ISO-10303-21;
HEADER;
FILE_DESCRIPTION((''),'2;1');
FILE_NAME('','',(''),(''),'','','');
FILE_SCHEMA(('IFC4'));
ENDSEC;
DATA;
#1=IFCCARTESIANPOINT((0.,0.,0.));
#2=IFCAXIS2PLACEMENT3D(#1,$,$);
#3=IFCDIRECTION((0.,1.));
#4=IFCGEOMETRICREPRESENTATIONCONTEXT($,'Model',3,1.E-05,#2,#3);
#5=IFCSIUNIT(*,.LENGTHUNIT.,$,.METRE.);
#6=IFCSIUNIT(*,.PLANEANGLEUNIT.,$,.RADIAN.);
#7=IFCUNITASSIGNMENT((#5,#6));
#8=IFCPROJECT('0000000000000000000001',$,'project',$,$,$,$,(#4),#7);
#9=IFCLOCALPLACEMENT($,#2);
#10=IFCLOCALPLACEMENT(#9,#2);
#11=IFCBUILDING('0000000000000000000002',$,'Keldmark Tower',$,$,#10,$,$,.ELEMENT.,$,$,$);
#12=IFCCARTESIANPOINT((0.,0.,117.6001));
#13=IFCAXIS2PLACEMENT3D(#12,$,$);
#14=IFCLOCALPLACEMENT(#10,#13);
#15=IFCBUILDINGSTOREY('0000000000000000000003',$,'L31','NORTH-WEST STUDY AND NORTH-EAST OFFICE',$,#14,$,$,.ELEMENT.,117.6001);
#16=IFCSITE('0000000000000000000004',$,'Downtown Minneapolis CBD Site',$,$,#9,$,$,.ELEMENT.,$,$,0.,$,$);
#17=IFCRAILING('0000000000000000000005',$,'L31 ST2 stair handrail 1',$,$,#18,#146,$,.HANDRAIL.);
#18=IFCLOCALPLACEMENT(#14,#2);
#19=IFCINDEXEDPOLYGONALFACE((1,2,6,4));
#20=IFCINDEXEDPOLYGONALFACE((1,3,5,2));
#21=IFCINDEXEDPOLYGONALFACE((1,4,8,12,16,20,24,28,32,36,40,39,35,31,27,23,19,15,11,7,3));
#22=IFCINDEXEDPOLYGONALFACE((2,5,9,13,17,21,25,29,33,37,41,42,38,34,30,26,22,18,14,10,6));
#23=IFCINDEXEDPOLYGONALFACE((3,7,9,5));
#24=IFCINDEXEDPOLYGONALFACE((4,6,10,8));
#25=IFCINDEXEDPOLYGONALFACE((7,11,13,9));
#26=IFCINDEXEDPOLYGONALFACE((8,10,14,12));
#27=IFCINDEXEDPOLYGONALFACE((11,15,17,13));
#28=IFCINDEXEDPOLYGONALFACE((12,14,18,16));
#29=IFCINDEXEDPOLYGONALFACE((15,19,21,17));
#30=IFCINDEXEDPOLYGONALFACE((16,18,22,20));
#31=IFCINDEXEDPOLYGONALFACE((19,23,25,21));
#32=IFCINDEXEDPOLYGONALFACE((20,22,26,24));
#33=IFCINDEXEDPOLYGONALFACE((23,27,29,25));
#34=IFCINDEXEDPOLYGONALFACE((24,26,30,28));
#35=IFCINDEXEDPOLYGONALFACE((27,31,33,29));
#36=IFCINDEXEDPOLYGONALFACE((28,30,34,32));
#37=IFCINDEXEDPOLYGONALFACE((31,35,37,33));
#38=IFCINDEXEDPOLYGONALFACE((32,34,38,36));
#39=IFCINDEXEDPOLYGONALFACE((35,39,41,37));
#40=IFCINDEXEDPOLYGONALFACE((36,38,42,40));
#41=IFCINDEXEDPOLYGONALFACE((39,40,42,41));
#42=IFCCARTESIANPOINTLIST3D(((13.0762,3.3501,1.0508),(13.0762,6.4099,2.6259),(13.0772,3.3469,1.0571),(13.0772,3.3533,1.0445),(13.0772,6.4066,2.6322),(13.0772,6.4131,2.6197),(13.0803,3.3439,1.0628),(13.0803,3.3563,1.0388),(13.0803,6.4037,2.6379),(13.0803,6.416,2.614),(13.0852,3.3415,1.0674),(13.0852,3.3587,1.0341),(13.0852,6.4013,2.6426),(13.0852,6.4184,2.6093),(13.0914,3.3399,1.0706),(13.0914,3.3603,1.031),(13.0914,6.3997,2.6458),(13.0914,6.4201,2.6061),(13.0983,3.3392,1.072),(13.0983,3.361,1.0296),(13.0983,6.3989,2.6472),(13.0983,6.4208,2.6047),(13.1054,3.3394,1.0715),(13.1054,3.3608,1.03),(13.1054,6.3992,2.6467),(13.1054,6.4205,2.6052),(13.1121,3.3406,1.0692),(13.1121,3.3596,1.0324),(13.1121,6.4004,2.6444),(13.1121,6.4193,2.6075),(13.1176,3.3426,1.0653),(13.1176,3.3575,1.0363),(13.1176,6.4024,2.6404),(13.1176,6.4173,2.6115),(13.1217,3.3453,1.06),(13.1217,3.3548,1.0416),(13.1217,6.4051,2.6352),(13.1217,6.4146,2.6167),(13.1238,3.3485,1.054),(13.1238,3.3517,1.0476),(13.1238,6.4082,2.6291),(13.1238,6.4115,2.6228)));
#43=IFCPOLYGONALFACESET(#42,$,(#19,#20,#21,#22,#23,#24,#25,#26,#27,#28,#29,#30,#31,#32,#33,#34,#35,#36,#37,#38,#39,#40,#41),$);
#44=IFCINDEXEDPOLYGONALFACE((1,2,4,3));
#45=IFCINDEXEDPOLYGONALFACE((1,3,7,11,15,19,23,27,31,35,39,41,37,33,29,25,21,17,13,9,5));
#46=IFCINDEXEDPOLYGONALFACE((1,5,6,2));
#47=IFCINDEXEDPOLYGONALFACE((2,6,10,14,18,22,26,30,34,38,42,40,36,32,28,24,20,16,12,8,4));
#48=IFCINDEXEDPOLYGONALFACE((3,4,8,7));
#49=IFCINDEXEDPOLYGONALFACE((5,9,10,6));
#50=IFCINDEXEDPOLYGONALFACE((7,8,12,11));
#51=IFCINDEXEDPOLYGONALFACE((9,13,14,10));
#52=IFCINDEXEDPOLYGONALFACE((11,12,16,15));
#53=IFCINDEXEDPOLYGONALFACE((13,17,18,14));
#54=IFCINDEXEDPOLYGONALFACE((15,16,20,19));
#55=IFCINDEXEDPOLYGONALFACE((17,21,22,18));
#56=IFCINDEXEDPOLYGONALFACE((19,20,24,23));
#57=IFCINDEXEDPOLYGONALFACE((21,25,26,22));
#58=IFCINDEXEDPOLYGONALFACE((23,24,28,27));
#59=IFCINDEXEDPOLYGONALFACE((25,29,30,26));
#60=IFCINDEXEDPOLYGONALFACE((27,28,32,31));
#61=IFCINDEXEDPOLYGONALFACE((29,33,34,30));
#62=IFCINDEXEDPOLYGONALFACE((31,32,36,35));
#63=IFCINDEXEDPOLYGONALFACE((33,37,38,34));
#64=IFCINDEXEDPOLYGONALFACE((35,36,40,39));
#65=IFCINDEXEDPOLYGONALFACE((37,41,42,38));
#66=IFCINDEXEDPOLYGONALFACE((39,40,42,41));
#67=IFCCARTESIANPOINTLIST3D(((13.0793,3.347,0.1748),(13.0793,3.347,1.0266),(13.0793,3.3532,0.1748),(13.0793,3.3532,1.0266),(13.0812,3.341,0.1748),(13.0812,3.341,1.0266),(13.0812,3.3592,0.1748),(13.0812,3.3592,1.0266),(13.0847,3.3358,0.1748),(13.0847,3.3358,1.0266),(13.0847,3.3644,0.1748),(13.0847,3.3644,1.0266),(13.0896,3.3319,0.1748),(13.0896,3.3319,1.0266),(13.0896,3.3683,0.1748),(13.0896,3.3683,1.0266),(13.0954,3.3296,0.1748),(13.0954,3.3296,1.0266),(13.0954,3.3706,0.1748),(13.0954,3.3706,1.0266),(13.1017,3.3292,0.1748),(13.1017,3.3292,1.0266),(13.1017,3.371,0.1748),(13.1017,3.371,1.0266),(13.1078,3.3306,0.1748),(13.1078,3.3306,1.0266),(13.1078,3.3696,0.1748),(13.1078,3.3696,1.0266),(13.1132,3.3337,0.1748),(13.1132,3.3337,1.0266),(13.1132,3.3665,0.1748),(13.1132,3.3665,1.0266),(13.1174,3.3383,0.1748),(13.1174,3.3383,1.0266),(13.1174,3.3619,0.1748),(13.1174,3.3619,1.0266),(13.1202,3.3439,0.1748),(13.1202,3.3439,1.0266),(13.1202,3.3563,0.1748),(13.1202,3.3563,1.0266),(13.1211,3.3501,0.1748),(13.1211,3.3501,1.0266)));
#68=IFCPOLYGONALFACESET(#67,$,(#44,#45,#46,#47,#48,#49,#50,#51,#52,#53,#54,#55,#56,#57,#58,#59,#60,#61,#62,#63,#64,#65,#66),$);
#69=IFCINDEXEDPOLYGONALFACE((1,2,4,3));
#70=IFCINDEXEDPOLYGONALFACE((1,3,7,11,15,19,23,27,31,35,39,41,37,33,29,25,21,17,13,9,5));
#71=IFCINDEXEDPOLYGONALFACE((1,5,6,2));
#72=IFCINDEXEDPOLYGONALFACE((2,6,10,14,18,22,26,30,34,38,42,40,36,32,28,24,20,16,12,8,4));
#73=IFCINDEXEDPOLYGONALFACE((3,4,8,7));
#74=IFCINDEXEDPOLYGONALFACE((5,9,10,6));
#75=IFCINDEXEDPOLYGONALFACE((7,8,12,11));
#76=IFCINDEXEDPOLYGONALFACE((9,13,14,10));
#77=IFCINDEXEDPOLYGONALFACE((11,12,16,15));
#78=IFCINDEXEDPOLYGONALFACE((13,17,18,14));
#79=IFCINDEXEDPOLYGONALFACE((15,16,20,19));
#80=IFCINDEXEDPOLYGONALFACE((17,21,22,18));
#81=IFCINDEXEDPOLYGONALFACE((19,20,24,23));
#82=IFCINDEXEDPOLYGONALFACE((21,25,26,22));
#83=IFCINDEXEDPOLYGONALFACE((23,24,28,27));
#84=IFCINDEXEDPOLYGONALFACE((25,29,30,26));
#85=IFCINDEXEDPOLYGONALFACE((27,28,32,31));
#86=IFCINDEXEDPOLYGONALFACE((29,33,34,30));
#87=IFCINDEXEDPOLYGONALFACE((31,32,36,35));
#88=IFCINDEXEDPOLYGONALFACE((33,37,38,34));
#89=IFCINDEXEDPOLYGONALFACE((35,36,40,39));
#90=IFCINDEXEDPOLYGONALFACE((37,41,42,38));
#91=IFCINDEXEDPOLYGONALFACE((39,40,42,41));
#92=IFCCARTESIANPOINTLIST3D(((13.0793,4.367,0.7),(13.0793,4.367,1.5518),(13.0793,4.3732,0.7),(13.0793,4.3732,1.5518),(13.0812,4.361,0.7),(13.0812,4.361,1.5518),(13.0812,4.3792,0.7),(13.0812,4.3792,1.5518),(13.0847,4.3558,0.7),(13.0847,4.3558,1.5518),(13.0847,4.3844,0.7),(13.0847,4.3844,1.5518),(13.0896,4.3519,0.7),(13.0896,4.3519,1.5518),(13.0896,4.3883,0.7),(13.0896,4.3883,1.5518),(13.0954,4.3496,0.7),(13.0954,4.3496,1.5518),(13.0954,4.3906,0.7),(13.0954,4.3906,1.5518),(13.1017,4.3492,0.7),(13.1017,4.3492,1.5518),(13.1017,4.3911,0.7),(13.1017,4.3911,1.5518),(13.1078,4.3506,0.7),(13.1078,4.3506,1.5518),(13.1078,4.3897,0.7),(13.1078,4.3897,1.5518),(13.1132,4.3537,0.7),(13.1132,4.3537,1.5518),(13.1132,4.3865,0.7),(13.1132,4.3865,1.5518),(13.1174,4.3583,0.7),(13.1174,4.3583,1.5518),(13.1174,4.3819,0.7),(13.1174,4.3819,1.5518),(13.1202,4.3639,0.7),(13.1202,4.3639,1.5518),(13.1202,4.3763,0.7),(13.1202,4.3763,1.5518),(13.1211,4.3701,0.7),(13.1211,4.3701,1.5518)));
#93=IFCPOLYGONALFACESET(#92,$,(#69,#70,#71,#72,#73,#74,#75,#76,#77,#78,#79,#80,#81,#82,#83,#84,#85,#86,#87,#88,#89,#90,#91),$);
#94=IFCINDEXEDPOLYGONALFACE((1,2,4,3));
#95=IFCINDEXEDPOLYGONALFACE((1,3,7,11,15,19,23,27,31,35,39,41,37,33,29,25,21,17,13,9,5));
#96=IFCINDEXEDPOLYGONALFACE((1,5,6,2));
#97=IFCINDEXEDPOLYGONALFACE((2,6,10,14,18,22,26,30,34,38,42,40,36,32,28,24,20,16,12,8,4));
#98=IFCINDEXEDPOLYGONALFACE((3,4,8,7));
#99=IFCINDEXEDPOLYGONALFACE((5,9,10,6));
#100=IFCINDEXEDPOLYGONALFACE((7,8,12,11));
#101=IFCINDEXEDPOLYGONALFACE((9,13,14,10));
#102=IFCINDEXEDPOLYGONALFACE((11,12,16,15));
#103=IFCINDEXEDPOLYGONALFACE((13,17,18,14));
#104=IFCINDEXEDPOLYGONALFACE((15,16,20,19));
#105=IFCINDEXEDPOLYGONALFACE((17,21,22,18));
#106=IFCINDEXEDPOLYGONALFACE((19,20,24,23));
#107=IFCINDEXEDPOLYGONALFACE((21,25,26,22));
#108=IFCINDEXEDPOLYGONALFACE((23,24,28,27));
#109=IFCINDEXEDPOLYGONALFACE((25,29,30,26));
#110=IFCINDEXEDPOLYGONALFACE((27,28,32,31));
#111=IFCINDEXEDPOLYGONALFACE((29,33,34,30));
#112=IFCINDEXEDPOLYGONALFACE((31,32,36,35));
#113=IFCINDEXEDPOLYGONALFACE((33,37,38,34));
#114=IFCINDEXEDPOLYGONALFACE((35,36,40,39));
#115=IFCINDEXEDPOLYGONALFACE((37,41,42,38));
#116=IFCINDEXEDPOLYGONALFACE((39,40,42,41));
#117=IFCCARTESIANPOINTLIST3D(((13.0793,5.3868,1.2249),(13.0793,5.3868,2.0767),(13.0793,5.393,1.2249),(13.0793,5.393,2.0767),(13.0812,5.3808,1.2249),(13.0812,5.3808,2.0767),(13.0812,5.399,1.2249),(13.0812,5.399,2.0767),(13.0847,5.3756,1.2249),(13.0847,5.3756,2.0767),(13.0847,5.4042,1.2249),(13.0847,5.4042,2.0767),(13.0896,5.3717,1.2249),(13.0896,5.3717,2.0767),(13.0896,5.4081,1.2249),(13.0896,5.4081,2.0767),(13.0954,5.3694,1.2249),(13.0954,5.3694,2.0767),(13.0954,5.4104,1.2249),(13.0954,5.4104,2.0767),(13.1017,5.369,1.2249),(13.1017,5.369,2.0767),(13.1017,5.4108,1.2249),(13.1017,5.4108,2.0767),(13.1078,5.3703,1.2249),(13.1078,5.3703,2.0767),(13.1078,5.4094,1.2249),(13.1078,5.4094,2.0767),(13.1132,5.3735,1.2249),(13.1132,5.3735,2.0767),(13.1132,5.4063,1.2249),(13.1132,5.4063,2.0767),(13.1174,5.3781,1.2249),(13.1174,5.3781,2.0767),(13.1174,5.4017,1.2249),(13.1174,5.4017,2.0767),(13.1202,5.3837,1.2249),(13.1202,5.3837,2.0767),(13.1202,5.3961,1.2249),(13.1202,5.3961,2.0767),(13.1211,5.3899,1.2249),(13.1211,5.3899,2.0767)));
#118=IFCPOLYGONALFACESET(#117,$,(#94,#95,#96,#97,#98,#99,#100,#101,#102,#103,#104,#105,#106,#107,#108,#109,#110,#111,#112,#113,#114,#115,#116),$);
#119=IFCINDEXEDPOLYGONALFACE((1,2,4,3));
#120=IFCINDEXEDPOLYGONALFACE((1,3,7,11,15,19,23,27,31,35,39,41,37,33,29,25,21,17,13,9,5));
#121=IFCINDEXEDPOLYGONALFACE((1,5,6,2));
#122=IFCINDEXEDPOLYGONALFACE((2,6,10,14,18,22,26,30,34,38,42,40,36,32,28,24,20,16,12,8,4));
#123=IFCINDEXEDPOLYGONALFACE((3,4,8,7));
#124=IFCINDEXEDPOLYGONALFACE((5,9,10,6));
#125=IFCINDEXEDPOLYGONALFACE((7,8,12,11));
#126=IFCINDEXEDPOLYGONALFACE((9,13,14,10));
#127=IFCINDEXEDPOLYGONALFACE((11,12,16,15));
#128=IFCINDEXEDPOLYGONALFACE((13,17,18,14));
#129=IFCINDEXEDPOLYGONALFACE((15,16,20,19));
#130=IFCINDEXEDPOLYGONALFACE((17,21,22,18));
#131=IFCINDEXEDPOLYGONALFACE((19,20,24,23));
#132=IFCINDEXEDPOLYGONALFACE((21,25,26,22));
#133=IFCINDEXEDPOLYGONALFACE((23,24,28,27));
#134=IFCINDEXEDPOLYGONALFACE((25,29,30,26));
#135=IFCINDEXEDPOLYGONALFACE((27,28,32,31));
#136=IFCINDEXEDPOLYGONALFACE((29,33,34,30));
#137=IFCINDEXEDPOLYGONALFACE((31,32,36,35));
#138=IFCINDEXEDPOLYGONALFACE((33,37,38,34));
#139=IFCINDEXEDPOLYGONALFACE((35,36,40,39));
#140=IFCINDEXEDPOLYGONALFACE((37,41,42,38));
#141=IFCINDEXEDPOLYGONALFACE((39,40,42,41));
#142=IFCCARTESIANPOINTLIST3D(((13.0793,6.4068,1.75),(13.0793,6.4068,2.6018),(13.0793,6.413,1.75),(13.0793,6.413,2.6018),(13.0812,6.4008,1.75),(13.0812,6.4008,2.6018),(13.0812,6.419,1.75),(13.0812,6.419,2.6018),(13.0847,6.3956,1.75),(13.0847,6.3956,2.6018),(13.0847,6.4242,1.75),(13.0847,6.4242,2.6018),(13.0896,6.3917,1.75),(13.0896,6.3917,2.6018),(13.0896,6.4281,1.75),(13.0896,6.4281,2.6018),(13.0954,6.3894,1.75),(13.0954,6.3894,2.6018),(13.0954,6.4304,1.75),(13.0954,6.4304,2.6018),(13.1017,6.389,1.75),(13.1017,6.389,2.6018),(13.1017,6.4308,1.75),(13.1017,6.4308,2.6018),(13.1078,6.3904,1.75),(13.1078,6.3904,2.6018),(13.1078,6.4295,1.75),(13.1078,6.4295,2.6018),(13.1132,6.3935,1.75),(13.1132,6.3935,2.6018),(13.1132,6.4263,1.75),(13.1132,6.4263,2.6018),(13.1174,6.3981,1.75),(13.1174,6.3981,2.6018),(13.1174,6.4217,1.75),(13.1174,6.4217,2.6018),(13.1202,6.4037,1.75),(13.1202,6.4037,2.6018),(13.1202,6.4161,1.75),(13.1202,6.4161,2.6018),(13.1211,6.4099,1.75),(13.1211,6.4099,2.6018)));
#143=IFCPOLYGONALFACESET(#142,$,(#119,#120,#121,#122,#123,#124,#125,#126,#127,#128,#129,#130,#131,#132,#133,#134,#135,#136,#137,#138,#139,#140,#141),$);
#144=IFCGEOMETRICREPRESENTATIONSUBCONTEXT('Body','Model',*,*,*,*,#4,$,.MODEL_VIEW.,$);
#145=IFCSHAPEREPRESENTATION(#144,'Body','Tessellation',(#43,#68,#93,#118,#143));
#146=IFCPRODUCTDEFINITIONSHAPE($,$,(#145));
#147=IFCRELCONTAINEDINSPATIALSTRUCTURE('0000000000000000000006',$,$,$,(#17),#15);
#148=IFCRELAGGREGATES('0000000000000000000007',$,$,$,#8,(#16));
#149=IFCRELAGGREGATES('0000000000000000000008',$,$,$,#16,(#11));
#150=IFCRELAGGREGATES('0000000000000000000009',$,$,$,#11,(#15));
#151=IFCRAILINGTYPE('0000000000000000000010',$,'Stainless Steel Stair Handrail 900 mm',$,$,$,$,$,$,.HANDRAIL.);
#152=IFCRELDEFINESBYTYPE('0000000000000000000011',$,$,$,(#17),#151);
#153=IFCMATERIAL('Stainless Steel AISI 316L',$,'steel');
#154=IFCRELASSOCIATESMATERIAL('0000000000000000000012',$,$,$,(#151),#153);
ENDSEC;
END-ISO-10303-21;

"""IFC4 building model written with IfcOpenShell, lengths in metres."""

from ifc_helpers import new_model, si_unit, direction, frame, origin, origin_2d, place, context, subcontext, project, spatial, circle, extrude, material, type_object, element, save


model = new_model("IFC4")

# Units and contexts
model_context = context("Model", 3, precision=1e-05, world=origin(), true_north=direction((0.0, 1.0)))
body_context = subcontext(model_context, "Body", "Model", "MODEL_VIEW")
ifc_project = project(units=[si_unit("LENGTHUNIT", "METRE"), si_unit("PLANEANGLEUNIT", "RADIAN")], contexts=[model_context])

# Site, building, storey
site_placement = place(None, origin())
site = spatial("IfcSite", under=ifc_project, at=site_placement, Name="Downtown Minneapolis CBD Site", CompositionType="ELEMENT", RefElevation=0.0)
building_placement = place(site_placement, origin())
building = spatial("IfcBuilding", under=site, at=building_placement, Name="Keldmark Tower", CompositionType="ELEMENT")
storey_placement = place(building_placement, frame((0.0, 0.0, 117.6001)))
storey = spatial("IfcBuildingStorey", under=building, at=storey_placement, Name="L31", Description="NORTH-WEST STUDY AND NORTH-EAST OFFICE", CompositionType="ELEMENT", Elevation=117.6001)

# Railing
ifc_material_1 = material(Name="Stainless Steel AISI 316L", Category="steel")
railing_type_1 = type_object("IfcRailingType", Name="Stainless Steel Stair Handrail 900 mm", PredefinedType="HANDRAIL", material=ifc_material_1)
railing_1_placement = place(storey_placement, frame((13.1001, 3.3501, 0.1748)))
element("IfcRailing", 1, at=railing_1_placement, inside=storey, type_object=railing_type_1, Name="L31 ST2 stair handrail 1", PredefinedType="HANDRAIL", context=body_context, shape_type="SweptSolid", body=[
    extrude(circle(Radius=0.0239, at=origin_2d()), frame((0.0, 0.0, 0.876), z_axis=(0.0, 0.889101, 0.45771), x_axis=(-1.0, 0.0, 0.0)), (0.0, 0.0, 1.0), 3.4414),
    extrude(circle(Radius=0.021, at=origin_2d()), origin(), (0.0, 0.0, 1.0), 0.8518),
    extrude(circle(Radius=0.021, at=origin_2d()), frame((0.0, 1.02, 0.5251)), (0.0, 0.0, 1.0), 0.8518),
    extrude(circle(Radius=0.021, at=origin_2d()), frame((0.0, 2.0398, 1.05)), (0.0, 0.0, 1.0), 0.8518),
    extrude(circle(Radius=0.021, at=origin_2d()), frame((0.0, 3.0598, 1.5752)), (0.0, 0.0, 1.0), 0.8518),
])

save(model, "model.ifc")
